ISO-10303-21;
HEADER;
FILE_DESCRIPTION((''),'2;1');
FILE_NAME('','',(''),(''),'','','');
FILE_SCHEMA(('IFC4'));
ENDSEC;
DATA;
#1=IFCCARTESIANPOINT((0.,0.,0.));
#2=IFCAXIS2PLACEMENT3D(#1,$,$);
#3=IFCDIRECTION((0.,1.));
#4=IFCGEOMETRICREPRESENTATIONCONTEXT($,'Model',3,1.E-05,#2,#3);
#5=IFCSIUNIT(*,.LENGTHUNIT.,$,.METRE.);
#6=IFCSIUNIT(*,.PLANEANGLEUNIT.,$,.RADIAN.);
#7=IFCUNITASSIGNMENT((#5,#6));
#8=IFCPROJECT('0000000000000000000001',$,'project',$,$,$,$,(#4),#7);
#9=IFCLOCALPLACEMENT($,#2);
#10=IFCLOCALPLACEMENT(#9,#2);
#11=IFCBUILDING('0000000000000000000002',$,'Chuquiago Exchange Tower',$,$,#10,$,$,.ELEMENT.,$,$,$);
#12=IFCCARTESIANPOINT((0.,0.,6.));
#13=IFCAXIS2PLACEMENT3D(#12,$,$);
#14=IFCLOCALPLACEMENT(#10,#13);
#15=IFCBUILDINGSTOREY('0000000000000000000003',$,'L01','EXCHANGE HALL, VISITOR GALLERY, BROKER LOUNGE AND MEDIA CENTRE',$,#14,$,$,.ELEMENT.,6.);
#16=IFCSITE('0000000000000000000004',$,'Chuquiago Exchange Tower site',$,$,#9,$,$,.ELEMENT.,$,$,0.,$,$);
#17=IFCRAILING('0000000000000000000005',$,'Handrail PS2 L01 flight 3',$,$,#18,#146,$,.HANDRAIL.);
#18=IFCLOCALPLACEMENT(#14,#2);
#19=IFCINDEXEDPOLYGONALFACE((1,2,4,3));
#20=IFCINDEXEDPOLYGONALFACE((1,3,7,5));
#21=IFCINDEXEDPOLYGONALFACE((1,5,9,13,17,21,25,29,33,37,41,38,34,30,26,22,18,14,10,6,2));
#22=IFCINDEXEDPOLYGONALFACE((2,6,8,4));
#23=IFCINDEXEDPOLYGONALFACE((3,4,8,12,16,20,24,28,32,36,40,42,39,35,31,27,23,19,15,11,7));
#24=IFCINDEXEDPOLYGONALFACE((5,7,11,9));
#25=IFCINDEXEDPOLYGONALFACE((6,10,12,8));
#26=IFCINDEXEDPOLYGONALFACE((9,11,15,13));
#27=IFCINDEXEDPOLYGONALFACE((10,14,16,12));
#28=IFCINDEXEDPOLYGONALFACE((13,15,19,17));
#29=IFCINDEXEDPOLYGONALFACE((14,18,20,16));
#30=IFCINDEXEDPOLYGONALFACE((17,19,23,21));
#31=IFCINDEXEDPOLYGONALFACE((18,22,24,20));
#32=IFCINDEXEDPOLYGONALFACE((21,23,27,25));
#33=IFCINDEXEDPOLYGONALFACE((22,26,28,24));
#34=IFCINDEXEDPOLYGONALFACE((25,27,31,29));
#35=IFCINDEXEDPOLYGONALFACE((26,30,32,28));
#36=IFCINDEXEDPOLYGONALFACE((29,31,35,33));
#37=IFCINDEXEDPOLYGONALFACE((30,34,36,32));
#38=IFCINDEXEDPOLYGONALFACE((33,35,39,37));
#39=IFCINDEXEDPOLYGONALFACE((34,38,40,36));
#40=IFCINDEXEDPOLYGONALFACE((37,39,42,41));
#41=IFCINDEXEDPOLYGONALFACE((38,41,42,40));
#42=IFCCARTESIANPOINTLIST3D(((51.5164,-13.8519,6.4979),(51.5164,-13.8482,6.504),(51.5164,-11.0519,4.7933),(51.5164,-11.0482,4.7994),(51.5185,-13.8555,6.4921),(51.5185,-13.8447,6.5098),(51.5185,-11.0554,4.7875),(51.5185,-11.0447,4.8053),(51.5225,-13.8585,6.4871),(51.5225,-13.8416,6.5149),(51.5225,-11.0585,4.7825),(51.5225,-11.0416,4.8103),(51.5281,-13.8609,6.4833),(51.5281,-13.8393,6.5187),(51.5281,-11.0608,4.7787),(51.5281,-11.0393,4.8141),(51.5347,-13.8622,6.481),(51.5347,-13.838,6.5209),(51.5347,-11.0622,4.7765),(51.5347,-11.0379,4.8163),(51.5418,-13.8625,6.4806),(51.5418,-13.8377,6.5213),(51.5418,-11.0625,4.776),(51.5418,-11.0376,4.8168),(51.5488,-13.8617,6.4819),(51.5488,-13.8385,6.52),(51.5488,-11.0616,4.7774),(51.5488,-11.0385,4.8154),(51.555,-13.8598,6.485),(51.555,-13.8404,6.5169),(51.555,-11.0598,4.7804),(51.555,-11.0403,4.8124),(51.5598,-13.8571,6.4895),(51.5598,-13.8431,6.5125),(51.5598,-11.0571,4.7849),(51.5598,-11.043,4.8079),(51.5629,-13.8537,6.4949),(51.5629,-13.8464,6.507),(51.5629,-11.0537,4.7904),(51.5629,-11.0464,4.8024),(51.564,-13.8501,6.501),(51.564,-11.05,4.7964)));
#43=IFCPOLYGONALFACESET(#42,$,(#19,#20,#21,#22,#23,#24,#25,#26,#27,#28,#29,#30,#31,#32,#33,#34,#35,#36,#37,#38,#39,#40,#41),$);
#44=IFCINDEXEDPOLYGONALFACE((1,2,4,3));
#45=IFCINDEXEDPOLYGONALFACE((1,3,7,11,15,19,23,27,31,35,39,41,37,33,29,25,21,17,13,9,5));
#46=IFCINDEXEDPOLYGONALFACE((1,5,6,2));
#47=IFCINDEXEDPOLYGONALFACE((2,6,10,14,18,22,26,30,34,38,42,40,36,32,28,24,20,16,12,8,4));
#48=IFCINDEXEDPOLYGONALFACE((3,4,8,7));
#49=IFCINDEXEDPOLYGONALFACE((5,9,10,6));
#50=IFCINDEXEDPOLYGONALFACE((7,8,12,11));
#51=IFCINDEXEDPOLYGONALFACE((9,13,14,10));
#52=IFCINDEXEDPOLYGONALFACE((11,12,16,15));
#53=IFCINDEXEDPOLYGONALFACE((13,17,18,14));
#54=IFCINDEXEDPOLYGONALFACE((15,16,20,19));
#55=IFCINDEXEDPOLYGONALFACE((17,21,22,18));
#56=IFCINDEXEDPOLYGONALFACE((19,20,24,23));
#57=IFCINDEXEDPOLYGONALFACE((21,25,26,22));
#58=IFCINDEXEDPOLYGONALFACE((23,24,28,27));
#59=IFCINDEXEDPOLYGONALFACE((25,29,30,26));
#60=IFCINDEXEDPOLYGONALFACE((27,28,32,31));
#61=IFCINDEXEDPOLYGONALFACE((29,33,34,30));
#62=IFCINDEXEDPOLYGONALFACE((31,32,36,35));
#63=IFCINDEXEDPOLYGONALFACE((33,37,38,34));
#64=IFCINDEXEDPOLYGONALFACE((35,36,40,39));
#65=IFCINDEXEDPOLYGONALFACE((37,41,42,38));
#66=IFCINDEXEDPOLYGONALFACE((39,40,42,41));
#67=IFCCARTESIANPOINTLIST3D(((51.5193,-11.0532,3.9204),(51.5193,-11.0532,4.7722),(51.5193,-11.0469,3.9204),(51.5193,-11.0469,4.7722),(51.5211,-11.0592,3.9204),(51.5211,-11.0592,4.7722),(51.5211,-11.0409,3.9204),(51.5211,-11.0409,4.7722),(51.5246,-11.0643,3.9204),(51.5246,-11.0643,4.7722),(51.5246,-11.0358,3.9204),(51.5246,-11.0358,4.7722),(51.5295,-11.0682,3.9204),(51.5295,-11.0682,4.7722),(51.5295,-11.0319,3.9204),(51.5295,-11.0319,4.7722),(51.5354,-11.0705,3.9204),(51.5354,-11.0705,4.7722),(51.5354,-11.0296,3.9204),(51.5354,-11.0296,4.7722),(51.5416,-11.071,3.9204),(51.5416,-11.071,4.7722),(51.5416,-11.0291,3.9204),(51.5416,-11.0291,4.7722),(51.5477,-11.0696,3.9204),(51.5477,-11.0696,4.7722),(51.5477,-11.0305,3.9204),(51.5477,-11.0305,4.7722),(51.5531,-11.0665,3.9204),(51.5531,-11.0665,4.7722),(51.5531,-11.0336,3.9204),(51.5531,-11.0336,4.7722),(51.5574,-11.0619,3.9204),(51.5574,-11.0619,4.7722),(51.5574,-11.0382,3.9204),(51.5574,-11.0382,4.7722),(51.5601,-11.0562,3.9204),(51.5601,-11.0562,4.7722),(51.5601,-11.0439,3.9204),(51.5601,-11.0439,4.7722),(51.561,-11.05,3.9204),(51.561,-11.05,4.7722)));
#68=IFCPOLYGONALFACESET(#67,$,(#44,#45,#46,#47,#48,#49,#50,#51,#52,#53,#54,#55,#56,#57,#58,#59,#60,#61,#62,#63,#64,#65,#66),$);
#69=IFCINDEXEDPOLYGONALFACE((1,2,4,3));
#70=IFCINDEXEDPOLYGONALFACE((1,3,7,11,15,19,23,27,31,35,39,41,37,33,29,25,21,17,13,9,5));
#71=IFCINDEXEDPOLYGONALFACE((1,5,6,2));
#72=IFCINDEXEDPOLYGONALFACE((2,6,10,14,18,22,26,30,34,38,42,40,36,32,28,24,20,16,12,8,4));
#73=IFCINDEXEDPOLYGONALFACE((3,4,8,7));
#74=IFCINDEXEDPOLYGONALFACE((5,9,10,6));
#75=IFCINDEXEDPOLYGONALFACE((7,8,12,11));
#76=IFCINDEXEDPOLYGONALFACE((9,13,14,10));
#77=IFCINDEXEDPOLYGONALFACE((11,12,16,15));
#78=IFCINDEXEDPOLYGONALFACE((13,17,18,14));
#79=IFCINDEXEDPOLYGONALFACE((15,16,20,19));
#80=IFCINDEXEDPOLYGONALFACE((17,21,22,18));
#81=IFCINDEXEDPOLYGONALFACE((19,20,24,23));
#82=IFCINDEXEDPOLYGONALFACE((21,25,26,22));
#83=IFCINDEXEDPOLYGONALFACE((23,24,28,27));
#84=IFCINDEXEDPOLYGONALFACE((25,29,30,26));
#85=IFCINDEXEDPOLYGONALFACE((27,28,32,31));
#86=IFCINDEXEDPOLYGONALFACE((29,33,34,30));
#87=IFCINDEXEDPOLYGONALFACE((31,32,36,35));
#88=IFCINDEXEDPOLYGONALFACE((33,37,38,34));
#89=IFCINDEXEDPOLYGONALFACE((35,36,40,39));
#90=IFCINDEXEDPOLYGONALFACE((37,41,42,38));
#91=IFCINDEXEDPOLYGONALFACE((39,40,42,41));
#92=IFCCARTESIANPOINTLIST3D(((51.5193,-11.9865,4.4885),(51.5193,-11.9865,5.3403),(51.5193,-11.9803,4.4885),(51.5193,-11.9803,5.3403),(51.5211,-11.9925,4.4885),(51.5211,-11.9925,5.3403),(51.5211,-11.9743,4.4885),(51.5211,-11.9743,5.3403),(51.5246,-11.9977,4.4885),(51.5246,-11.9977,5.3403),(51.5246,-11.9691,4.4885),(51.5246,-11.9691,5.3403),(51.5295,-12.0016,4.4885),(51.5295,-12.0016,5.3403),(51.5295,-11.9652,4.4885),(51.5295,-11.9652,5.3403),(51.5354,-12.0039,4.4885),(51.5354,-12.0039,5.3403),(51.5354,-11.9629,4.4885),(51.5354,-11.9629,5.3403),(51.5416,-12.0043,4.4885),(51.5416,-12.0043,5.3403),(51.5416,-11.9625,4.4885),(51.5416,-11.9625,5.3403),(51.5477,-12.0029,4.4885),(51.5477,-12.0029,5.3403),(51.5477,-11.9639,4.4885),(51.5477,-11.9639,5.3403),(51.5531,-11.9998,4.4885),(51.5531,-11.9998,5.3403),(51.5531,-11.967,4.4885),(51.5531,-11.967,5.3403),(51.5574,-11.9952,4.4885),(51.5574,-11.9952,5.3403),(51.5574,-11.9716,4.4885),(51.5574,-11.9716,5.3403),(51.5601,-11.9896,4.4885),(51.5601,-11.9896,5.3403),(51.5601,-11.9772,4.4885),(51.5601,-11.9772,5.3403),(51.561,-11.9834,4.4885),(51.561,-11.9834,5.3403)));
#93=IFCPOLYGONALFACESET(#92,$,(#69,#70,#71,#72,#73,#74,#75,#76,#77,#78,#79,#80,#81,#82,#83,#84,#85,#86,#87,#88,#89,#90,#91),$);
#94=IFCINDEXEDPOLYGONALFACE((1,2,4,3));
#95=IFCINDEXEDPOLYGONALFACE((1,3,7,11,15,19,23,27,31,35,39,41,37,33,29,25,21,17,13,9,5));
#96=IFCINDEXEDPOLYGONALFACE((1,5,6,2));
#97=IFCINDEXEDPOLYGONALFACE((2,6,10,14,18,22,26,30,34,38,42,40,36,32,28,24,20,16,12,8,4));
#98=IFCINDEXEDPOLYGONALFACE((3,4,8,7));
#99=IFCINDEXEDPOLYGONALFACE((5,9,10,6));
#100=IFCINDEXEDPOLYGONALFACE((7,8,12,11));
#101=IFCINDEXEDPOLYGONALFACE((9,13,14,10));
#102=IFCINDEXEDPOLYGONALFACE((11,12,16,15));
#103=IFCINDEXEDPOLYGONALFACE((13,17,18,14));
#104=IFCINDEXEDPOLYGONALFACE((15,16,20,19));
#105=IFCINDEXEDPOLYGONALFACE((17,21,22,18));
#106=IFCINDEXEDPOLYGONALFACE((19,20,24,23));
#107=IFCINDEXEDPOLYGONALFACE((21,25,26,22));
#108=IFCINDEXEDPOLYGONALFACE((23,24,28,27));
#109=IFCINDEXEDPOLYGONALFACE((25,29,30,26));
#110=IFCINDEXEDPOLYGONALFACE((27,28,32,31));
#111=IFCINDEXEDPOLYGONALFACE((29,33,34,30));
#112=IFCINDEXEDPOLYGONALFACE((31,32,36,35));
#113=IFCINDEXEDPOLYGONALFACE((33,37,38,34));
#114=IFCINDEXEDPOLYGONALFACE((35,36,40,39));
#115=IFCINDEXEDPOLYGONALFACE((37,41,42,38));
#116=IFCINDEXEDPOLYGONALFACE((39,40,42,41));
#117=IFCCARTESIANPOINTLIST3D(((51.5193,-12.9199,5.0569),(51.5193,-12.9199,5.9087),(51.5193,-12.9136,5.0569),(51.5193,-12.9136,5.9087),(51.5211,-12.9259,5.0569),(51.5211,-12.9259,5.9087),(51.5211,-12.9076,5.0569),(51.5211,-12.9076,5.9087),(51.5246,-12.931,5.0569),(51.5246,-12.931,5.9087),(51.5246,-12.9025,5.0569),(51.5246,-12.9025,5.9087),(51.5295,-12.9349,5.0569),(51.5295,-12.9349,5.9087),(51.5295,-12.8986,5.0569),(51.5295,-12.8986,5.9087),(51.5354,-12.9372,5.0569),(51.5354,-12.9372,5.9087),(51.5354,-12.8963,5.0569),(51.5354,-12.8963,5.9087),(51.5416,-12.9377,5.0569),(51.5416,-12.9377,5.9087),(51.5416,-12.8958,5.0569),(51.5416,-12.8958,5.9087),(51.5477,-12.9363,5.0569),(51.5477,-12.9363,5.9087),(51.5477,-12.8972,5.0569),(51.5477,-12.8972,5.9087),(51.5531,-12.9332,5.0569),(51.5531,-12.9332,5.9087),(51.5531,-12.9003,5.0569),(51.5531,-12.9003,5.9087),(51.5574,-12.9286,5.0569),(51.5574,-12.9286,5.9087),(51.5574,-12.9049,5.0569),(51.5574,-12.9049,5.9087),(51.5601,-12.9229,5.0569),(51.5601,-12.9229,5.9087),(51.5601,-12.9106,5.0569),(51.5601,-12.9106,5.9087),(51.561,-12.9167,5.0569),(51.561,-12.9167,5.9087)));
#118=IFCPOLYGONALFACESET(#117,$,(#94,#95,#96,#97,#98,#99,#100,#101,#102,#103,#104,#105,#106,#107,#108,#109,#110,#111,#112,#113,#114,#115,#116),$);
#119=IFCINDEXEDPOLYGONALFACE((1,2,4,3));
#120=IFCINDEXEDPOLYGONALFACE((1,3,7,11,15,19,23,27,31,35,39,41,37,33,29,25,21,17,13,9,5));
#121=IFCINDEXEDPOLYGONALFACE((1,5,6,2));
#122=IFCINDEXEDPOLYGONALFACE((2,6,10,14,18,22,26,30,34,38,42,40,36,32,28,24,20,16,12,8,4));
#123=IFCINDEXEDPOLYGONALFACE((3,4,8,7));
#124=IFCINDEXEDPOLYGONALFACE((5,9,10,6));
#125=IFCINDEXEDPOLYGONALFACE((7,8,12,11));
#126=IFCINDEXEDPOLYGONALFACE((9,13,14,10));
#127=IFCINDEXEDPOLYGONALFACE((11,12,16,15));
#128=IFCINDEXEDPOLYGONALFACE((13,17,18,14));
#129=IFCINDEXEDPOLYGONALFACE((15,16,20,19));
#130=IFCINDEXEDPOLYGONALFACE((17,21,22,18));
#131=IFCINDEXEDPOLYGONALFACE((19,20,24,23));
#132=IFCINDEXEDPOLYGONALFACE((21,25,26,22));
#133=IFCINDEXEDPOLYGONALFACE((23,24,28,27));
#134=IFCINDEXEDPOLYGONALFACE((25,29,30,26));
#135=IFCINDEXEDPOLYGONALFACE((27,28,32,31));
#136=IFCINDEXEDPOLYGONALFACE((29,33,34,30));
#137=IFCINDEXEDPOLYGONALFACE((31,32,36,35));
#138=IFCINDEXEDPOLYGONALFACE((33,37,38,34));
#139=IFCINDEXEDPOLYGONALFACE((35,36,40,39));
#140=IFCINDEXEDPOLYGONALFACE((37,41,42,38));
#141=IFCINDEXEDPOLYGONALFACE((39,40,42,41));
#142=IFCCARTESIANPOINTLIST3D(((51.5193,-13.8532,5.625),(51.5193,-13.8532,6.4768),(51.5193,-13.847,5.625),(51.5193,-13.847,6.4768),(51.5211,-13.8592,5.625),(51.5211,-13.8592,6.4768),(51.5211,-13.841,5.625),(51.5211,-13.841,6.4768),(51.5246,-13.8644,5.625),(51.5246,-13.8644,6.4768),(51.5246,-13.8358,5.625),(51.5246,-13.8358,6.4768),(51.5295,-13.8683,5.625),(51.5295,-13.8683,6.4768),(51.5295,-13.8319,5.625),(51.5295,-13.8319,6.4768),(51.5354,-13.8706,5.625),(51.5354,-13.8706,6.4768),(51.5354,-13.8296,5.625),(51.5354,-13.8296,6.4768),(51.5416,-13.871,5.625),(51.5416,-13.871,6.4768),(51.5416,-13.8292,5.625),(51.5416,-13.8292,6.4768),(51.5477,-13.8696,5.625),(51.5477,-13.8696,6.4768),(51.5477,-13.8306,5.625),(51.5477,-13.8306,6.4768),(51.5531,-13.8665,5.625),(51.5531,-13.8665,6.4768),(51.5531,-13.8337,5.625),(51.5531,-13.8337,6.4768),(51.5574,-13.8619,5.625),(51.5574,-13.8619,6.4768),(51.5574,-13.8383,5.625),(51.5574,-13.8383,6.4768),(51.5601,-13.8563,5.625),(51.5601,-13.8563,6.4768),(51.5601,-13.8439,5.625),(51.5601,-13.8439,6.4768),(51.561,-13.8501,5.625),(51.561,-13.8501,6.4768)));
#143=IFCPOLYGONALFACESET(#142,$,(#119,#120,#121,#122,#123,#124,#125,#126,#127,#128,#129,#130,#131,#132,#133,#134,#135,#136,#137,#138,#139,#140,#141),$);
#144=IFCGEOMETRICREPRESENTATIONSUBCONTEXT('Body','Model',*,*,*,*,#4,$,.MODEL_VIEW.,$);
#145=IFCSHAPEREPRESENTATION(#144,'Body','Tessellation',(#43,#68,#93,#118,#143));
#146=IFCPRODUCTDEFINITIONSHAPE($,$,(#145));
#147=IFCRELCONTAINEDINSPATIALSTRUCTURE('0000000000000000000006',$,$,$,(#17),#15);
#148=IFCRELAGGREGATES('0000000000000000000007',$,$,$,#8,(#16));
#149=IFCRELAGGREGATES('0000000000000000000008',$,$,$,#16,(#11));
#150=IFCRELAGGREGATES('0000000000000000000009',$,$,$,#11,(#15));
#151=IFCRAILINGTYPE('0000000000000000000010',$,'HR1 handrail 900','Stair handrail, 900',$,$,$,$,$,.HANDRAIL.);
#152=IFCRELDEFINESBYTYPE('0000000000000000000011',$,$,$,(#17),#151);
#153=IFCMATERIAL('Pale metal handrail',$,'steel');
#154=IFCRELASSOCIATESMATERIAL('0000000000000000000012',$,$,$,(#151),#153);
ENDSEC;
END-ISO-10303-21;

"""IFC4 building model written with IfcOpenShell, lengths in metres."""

from ifc_helpers import new_model, si_unit, direction, frame, origin, origin_2d, place, context, subcontext, project, spatial, circle, extrude, material, type_object, element, save


model = new_model("IFC4")

# Units and contexts
model_context = context("Model", 3, precision=1e-05, world=origin(), true_north=direction((0.0, 1.0)))
body_context = subcontext(model_context, "Body", "Model", "MODEL_VIEW")
ifc_project = project(units=[si_unit("LENGTHUNIT", "METRE"), si_unit("PLANEANGLEUNIT", "RADIAN")], contexts=[model_context])

# Site, building, storey
site_placement = place(None, origin())
site = spatial("IfcSite", under=ifc_project, at=site_placement, Name="Chuquiago Exchange Tower site", CompositionType="ELEMENT", RefElevation=0.0)
building_placement = place(site_placement, origin())
building = spatial("IfcBuilding", under=site, at=building_placement, Name="Chuquiago Exchange Tower", CompositionType="ELEMENT")
storey_placement = place(building_placement, frame((0.0, 0.0, 6.0)))
storey = spatial("IfcBuildingStorey", under=building, at=storey_placement, Name="L01", Description="EXCHANGE HALL, VISITOR GALLERY, BROKER LOUNGE AND MEDIA CENTRE", CompositionType="ELEMENT", Elevation=6.0)

# Railing
ifc_material_1 = material(Name="Pale metal handrail", Category="steel")
railing_type = type_object("IfcRailingType", Name="HR1 handrail 900", Description="Stair handrail, 900", PredefinedType="HANDRAIL", material=ifc_material_1)
for number, where, name in (
    (1, (51.54, -11.05, 3.9204), "Handrail PS2 L01 flight 3"),
):
    element("IfcRailing", number, at=place(storey_placement, frame(where)), inside=storey, type_object=railing_type, Name=name, PredefinedType="HANDRAIL", context=body_context, shape_type="SweptSolid", body=[
        extrude(circle(Radius=0.0239, at=origin_2d()), frame((0.0, 0.0, 0.876), z_axis=(0.0, -0.85417, 0.519994), x_axis=(1.0, 0.0, 0.0)), (0.0, 0.0, 1.0), 3.2781),
        extrude(circle(Radius=0.021, at=origin_2d()), origin(), (0.0, 0.0, 1.0), 0.8518),
        extrude(circle(Radius=0.021, at=origin_2d()), frame((0.0, -0.9333, 0.5681)), (0.0, 0.0, 1.0), 0.8518),
        extrude(circle(Radius=0.021, at=origin_2d()), frame((0.0, -1.8667, 1.1365)), (0.0, 0.0, 1.0), 0.8518),
        extrude(circle(Radius=0.021, at=origin_2d()), frame((0.0, -2.8, 1.7046)), (0.0, 0.0, 1.0), 0.8518),
    ])

save(model, "model.ifc")
